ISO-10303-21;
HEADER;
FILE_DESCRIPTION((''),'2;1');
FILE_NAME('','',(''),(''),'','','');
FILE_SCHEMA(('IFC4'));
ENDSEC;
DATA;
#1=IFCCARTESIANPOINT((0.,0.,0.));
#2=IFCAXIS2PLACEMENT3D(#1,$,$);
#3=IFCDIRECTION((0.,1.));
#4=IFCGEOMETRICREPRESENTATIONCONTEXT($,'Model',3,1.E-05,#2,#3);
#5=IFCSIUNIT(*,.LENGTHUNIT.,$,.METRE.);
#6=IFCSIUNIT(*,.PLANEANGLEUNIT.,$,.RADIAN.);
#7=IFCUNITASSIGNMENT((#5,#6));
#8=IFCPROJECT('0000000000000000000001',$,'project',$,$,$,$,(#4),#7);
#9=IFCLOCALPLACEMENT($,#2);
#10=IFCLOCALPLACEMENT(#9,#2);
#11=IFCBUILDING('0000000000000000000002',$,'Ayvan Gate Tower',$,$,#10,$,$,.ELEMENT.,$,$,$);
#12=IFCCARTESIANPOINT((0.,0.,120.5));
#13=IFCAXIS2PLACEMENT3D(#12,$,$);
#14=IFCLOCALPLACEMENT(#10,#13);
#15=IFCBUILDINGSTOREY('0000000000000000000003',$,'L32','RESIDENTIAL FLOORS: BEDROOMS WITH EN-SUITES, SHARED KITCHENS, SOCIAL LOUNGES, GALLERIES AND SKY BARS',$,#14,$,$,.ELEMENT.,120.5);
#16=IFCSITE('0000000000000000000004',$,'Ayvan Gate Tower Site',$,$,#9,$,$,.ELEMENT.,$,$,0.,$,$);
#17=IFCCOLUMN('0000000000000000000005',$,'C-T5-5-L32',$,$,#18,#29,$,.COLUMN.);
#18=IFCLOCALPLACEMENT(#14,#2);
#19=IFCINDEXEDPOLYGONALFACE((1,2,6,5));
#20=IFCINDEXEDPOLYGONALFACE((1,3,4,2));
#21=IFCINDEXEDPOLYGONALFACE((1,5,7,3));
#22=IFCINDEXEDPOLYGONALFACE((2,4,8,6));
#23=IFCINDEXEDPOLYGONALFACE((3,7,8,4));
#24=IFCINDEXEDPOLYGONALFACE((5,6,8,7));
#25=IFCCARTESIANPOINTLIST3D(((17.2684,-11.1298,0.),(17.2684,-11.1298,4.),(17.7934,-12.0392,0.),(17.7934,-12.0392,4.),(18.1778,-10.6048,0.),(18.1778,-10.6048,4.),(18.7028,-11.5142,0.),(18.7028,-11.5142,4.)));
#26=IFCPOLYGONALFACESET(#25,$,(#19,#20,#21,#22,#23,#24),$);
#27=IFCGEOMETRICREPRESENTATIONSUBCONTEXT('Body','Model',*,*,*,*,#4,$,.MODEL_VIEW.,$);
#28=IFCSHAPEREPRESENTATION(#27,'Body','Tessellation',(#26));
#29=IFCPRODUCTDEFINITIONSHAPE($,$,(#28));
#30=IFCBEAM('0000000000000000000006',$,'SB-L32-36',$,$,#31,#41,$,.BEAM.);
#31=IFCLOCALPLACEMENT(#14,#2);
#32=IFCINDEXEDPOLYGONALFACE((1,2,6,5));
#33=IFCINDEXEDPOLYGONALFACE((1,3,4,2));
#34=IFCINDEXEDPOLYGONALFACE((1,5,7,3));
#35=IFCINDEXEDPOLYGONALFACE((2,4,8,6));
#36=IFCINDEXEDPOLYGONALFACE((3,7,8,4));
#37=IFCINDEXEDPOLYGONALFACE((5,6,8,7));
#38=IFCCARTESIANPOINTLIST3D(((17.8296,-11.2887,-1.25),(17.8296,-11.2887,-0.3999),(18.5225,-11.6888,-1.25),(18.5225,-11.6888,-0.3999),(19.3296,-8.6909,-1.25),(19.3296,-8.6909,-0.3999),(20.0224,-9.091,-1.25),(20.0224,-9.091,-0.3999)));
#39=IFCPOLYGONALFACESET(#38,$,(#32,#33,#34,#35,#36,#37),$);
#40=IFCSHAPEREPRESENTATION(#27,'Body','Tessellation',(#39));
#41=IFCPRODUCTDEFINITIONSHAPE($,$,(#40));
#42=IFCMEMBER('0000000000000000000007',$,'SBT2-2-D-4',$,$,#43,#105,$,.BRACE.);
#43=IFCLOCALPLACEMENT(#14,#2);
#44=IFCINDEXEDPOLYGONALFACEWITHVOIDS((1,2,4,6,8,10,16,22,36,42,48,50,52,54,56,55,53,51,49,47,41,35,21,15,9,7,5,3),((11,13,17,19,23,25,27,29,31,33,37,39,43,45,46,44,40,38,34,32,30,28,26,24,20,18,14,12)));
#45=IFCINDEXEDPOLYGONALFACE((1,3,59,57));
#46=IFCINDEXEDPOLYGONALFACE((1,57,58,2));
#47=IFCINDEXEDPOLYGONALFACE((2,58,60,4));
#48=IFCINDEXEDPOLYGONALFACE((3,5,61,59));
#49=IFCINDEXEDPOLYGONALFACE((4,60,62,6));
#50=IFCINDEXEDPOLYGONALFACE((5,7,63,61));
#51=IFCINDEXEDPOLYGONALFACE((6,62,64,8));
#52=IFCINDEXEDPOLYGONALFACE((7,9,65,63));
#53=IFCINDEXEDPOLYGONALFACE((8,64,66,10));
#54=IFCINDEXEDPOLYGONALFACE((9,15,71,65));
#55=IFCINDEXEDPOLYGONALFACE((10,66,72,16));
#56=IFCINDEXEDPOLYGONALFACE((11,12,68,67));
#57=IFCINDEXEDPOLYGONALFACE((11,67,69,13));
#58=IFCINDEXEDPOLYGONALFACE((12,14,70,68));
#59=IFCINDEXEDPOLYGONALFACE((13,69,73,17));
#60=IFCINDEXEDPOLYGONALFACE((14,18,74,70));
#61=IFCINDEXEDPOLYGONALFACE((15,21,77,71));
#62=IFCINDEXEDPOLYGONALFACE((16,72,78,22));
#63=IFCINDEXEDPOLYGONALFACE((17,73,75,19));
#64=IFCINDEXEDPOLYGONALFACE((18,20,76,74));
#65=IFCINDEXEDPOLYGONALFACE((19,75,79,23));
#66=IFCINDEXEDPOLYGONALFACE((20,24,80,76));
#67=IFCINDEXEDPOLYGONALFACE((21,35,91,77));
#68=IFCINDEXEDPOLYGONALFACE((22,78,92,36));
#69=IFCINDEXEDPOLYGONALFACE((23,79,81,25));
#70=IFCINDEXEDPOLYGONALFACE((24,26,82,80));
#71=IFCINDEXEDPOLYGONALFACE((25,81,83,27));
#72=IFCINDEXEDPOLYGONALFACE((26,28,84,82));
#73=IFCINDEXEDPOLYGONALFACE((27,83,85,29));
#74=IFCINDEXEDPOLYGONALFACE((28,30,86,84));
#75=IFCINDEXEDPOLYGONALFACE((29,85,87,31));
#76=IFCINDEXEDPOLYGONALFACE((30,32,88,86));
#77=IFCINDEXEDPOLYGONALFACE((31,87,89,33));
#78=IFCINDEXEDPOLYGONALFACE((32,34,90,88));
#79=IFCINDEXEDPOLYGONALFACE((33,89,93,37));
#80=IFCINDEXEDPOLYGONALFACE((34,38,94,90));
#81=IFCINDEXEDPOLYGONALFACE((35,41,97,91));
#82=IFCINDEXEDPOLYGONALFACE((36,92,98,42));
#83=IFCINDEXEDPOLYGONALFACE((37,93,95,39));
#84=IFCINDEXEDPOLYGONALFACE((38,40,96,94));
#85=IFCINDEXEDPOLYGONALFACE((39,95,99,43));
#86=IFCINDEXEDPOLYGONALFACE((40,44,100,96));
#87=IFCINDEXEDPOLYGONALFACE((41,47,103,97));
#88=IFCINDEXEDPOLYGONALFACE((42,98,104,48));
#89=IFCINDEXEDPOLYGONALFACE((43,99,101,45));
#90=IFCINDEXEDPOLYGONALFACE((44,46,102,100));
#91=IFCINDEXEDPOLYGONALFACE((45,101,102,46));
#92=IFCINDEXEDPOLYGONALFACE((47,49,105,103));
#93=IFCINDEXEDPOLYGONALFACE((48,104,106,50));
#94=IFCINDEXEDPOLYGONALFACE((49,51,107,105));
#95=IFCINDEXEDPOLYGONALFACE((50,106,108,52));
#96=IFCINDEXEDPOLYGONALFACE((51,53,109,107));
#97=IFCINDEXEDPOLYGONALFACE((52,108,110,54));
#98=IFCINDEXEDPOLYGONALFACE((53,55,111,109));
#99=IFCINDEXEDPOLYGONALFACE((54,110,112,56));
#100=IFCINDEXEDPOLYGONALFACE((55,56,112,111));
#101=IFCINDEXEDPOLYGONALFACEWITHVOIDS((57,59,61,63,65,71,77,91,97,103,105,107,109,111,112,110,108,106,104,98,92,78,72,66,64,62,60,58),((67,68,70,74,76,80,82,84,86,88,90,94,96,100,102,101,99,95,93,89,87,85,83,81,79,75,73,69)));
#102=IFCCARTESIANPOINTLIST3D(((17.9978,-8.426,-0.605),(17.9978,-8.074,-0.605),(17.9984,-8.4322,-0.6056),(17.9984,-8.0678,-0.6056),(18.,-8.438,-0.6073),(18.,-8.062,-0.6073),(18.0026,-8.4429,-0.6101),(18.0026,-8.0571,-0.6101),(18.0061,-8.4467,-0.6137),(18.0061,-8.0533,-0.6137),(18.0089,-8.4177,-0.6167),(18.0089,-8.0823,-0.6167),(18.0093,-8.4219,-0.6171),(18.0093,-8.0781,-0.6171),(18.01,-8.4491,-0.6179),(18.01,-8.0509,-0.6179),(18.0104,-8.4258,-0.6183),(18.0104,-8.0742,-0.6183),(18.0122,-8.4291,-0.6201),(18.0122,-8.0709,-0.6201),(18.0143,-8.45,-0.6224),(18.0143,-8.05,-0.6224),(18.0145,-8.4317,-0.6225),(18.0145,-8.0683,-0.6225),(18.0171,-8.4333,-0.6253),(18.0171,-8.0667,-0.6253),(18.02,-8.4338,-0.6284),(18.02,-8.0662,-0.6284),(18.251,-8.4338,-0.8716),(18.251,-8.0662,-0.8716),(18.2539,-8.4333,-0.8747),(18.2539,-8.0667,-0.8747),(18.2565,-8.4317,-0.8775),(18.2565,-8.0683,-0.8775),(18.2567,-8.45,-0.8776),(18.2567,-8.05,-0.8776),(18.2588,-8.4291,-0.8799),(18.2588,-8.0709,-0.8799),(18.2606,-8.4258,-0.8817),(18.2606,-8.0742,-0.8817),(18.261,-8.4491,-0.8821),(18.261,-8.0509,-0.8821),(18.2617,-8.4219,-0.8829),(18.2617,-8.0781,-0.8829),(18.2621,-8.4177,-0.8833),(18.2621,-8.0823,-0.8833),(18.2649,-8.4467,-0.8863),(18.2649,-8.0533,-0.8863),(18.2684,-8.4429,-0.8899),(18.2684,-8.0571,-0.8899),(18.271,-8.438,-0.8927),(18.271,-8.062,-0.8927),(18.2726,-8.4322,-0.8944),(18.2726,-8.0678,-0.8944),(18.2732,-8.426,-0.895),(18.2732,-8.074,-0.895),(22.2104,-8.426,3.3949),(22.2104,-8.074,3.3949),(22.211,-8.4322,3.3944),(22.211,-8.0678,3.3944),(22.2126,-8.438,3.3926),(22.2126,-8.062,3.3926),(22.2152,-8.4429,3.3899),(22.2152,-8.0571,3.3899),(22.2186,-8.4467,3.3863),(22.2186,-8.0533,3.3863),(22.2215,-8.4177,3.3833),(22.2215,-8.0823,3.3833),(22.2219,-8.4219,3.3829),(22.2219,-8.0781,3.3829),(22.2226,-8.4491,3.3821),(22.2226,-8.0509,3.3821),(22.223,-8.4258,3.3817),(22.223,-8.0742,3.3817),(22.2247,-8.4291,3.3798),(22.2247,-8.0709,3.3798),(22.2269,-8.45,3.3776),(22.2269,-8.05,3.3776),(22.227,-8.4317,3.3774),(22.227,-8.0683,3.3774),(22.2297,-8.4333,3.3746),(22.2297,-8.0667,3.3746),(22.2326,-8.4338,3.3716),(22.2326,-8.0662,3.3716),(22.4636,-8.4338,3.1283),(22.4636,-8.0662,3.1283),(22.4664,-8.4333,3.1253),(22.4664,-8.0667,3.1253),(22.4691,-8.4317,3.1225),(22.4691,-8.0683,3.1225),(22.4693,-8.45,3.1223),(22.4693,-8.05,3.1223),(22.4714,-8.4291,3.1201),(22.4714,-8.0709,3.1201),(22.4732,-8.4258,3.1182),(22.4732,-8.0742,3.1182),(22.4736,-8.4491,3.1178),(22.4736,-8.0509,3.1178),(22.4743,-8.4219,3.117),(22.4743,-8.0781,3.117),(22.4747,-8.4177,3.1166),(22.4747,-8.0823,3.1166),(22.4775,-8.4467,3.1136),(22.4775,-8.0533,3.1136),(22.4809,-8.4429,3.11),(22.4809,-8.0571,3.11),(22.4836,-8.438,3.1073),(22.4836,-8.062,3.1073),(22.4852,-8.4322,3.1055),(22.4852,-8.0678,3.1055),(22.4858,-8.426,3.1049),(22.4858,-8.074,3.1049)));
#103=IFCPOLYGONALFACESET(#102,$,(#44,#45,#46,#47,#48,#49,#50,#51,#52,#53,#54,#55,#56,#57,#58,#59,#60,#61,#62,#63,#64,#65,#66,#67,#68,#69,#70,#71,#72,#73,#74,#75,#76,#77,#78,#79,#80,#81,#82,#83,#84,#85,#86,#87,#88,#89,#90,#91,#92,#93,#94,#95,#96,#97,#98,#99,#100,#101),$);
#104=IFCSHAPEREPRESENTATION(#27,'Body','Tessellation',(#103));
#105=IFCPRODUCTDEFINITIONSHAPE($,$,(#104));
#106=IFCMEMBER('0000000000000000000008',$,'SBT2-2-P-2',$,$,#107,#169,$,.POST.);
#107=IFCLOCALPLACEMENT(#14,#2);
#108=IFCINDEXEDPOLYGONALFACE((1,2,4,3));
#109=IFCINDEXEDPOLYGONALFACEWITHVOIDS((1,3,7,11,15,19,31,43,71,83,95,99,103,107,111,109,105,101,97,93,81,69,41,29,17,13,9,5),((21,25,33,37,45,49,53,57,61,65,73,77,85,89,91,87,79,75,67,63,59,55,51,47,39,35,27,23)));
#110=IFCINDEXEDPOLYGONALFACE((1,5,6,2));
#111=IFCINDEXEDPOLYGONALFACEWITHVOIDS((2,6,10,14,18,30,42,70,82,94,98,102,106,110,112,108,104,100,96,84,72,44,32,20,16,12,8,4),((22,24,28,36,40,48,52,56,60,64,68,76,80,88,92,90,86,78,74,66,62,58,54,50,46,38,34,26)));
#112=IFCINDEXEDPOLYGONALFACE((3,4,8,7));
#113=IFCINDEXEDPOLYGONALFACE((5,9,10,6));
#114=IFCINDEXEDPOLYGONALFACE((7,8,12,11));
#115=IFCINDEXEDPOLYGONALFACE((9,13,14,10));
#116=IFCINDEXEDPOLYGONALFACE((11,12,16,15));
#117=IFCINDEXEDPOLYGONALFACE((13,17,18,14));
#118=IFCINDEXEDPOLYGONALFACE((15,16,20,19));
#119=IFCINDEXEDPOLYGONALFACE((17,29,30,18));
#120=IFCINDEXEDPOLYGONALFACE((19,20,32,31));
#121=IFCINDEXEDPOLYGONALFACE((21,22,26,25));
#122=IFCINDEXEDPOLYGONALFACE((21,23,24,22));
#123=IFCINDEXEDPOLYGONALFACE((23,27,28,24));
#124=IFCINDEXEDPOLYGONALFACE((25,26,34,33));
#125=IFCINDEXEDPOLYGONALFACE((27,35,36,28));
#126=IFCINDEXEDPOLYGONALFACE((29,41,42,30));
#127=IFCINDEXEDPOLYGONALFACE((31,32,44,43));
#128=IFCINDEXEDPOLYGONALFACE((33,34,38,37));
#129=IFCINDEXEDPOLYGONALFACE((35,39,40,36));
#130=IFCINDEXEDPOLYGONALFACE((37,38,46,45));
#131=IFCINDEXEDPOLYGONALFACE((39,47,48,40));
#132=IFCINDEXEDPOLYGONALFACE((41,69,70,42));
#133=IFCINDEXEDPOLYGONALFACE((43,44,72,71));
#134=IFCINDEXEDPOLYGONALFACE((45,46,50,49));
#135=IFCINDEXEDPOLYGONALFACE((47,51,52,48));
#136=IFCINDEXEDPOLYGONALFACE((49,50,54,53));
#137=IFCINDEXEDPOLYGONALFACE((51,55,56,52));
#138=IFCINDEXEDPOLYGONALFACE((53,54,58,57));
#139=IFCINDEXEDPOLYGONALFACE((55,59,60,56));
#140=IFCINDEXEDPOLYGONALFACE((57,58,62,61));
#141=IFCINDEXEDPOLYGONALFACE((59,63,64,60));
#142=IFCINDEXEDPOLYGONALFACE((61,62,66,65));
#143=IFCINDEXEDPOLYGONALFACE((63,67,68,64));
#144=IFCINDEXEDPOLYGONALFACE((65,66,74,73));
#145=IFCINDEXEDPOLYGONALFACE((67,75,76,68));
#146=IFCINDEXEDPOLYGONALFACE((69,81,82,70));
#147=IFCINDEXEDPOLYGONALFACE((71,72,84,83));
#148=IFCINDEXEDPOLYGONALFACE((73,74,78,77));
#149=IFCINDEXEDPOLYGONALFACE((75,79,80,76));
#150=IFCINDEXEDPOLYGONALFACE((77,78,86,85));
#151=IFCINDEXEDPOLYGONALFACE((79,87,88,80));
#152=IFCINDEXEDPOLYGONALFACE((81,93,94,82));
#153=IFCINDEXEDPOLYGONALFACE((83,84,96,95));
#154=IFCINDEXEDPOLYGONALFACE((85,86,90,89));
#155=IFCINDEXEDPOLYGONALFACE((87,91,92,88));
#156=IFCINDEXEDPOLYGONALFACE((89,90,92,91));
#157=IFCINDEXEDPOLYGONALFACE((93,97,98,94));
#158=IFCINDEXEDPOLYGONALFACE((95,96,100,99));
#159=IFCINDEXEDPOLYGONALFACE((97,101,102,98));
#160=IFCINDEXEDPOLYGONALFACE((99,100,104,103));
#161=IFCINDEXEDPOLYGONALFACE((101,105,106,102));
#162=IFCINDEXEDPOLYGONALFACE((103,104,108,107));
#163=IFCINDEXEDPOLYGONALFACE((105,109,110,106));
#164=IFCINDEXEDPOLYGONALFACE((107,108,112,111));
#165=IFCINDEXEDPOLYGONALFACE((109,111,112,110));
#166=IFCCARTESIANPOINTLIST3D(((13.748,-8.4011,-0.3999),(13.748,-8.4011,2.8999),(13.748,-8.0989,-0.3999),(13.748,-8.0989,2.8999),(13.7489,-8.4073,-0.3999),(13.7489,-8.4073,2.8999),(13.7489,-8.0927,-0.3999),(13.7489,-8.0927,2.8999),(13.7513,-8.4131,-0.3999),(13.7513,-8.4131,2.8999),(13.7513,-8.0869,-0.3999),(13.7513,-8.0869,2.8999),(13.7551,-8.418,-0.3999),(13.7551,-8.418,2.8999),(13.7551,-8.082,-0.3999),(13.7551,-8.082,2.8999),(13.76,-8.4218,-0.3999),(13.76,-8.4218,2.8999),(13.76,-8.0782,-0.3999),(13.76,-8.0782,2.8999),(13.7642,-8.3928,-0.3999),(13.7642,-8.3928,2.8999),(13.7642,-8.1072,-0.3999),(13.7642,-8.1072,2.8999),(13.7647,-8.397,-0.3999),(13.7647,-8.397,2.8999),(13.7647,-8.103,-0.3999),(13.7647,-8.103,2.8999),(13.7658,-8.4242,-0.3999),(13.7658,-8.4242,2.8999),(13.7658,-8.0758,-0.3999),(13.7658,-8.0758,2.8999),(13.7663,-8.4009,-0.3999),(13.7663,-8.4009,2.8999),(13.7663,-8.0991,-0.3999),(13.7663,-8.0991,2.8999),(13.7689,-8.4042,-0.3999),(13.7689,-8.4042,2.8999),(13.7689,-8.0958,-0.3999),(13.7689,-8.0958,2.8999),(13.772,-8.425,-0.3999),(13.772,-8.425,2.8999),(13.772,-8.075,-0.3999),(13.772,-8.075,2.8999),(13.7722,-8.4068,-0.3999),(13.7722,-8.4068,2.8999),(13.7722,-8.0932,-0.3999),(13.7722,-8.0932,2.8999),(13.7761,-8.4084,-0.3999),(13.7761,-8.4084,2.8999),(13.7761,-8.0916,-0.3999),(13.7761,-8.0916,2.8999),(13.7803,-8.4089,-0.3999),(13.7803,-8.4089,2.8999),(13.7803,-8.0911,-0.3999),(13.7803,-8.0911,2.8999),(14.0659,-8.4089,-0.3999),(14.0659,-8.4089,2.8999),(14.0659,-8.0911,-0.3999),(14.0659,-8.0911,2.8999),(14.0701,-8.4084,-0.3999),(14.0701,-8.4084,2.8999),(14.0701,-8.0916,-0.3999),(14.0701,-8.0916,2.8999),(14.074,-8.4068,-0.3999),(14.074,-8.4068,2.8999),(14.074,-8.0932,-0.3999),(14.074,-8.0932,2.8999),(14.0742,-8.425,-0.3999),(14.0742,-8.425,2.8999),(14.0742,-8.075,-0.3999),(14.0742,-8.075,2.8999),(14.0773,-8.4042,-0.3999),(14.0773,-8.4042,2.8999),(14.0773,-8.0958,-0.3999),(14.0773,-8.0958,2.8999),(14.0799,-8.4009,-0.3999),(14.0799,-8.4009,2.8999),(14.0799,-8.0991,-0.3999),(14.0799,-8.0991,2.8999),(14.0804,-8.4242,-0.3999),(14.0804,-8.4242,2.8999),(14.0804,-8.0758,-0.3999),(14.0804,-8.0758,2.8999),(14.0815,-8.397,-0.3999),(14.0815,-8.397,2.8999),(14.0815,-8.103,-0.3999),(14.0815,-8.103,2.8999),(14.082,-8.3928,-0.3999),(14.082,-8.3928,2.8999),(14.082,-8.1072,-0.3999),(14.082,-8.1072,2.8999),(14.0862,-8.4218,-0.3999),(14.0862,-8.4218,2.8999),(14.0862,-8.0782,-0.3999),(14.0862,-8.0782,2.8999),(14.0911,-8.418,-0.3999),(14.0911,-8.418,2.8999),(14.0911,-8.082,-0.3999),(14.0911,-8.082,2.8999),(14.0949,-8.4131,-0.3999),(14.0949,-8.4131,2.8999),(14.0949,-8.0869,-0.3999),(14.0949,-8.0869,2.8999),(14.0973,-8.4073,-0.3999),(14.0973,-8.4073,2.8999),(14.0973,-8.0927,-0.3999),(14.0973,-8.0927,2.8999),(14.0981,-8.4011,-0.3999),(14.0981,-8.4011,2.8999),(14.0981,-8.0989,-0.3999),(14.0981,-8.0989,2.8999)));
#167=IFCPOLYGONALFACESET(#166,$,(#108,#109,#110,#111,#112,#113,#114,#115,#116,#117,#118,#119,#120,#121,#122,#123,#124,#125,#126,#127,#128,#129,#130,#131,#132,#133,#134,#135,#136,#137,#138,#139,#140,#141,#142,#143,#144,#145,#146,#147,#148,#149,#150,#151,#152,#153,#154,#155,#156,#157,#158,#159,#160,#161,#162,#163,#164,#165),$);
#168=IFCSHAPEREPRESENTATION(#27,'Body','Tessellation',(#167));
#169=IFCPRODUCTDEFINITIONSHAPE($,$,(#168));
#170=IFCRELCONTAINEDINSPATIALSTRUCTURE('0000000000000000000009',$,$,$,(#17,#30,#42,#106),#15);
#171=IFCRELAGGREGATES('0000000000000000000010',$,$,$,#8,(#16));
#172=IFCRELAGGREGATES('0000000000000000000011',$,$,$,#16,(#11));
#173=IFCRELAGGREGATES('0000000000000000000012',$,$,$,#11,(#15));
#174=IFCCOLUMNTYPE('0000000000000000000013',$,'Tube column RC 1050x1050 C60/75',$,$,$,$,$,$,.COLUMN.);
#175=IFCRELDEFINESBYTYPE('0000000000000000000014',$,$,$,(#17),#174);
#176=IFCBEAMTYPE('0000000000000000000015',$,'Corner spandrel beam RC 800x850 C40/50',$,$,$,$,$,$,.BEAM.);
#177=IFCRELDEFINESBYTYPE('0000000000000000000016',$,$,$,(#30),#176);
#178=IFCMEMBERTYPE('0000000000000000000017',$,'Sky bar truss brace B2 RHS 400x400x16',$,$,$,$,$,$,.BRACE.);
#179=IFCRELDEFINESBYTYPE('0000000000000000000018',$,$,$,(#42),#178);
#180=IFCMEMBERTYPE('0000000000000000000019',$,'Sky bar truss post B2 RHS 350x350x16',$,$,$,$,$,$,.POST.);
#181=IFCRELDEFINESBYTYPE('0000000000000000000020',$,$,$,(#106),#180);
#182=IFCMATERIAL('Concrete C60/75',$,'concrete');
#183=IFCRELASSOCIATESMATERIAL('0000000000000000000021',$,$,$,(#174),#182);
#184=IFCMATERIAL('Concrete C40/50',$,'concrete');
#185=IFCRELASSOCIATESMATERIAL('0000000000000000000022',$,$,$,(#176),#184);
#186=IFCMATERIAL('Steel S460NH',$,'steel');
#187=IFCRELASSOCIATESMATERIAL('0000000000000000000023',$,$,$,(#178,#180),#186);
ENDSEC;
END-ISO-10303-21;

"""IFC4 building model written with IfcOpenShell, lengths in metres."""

from ifc_helpers import new_model, si_unit, direction, frame, origin, origin_2d, place, context, subcontext, project, spatial, rectangle, hollow_rectangle, extrude, material, material_profile, profile_set, type_object, element, save


model = new_model("IFC4")

# Units and contexts
model_context = context("Model", 3, precision=1e-05, world=origin(), true_north=direction((0.0, 1.0)))
body_context = subcontext(model_context, "Body", "Model", "MODEL_VIEW")
ifc_project = project(units=[si_unit("LENGTHUNIT", "METRE"), si_unit("PLANEANGLEUNIT", "RADIAN")], contexts=[model_context])

# Site, building, storey
site_placement = place(None, origin())
site = spatial("IfcSite", under=ifc_project, at=site_placement, Name="Ayvan Gate Tower Site", CompositionType="ELEMENT", RefElevation=0.0)
building_placement = place(site_placement, origin())
building = spatial("IfcBuilding", under=site, at=building_placement, Name="Ayvan Gate Tower", CompositionType="ELEMENT")
storey_placement = place(building_placement, frame((0.0, 0.0, 120.5)))
storey = spatial("IfcBuildingStorey", under=building, at=storey_placement, Name="L32", Description="RESIDENTIAL FLOORS: BEDROOMS WITH EN-SUITES, SHARED KITCHENS, SOCIAL LOUNGES, GALLERIES AND SKY BARS", CompositionType="ELEMENT", Elevation=120.5)

# Column
ifc_material_1 = material(Name="Concrete C60/75", Category="concrete")
ifc_material_profile_1 = material_profile(ifc_material_1, rectangle(XDim=1.05, YDim=1.05, at=origin_2d()), Name="RC 1050x1050")
ifc_profile_set_1 = profile_set([ifc_material_profile_1], Name="Concrete C60/75")
column_type = type_object("IfcColumnType", Name="Tube column RC 1050x1050 C60/75", PredefinedType="COLUMN", material=ifc_profile_set_1)
column_placement = place(storey_placement, frame((17.9856, -11.322, 0.0), z_axis=(0.0, 0.0, 1.0), x_axis=(0.5, -0.866025, 0.0)))
element("IfcColumn", 1, at=column_placement, inside=storey, type_object=column_type, Name="C-T5-5-L32", PredefinedType="COLUMN", context=body_context, shape_type="SweptSolid", body=[
    extrude(rectangle(XDim=1.05, YDim=1.05, at=origin_2d()), origin(), (0.0, 0.0, 1.0), 4.0),
])

# Beam
ifc_material_2 = material(Name="Concrete C40/50", Category="concrete")
ifc_material_profile_2 = material_profile(ifc_material_2, rectangle(XDim=0.8, YDim=0.8501, at=origin_2d()), Name="RC 800x850")
ifc_profile_set_2 = profile_set([ifc_material_profile_2], Name="Concrete C40/50")
beam_type = type_object("IfcBeamType", Name="Corner spandrel beam RC 800x850 C40/50", PredefinedType="BEAM", material=ifc_profile_set_2)
beam_placement = place(storey_placement, frame((18.176, -11.4888, -0.825), z_axis=(0.500025, 0.866011, 0.0), x_axis=(-0.866011, 0.500025, 0.0)))
element("IfcBeam", 2, at=beam_placement, inside=storey, type_object=beam_type, Name="SB-L32-36", PredefinedType="BEAM", context=body_context, shape_type="SweptSolid", body=[
    extrude(rectangle(XDim=0.8, YDim=0.8501, at=origin_2d()), origin(), (0.0, 0.0, 1.0), 2.9998),
])

# Members
ifc_material_3 = material(Name="Steel S460NH", Category="steel")
ifc_material_profile_3 = material_profile(ifc_material_3, hollow_rectangle(XDim=0.3999, YDim=0.3999, WallThickness=0.0161, InnerFilletRadius=0.0161, OuterFilletRadius=0.0239, at=origin_2d()), Name="RHS 400x400x16")
ifc_profile_set_3 = profile_set([ifc_material_profile_3], Name="Steel S460NH")
member_type_1 = type_object("IfcMemberType", Name="Sky bar truss brace B2 RHS 400x400x16", PredefinedType="BRACE", material=ifc_profile_set_3)
member_1_placement = place(storey_placement, frame((18.1355, -8.25, -0.75), z_axis=(0.725173, 0.0, 0.688567), x_axis=(0.0, 1.0, 0.0)))
element("IfcMember", 3, at=member_1_placement, inside=storey, type_object=member_type_1, Name="SBT2-2-D-4", PredefinedType="BRACE", context=body_context, shape_type="SweptSolid", body=[
    extrude(hollow_rectangle(XDim=0.3999, YDim=0.3999, WallThickness=0.0161, InnerFilletRadius=0.0161, OuterFilletRadius=0.0239, at=origin_2d()), origin(), (0.0, 0.0, 1.0), 5.8091),
])
ifc_material_profile_4 = material_profile(ifc_material_3, hollow_rectangle(XDim=0.3501, YDim=0.3501, WallThickness=0.0161, InnerFilletRadius=0.0161, OuterFilletRadius=0.0239, at=origin_2d()), Name="RHS 350x350x16")
ifc_profile_set_4 = profile_set([ifc_material_profile_4], Name="Steel S460NH")
member_type_2 = type_object("IfcMemberType", Name="Sky bar truss post B2 RHS 350x350x16", PredefinedType="POST", material=ifc_profile_set_4)
for number, where, z_axis, x_axis, name in (
    (4, (13.9231, -8.25, -0.3999), (0.0, 0.0, 1.0), (1.0, 0.0, 0.0), "SBT2-2-P-2"),
):
    element("IfcMember", number, at=place(storey_placement, frame(where, z_axis=z_axis, x_axis=x_axis)), inside=storey, type_object=member_type_2, Name=name, PredefinedType="POST", context=body_context, shape_type="SweptSolid", body=[
        extrude(hollow_rectangle(XDim=0.3501, YDim=0.3501, WallThickness=0.0161, InnerFilletRadius=0.0161, OuterFilletRadius=0.0239, at=origin_2d()), origin(), (0.0, 0.0, 1.0), 3.2998),
    ])

save(model, "model.ifc")
